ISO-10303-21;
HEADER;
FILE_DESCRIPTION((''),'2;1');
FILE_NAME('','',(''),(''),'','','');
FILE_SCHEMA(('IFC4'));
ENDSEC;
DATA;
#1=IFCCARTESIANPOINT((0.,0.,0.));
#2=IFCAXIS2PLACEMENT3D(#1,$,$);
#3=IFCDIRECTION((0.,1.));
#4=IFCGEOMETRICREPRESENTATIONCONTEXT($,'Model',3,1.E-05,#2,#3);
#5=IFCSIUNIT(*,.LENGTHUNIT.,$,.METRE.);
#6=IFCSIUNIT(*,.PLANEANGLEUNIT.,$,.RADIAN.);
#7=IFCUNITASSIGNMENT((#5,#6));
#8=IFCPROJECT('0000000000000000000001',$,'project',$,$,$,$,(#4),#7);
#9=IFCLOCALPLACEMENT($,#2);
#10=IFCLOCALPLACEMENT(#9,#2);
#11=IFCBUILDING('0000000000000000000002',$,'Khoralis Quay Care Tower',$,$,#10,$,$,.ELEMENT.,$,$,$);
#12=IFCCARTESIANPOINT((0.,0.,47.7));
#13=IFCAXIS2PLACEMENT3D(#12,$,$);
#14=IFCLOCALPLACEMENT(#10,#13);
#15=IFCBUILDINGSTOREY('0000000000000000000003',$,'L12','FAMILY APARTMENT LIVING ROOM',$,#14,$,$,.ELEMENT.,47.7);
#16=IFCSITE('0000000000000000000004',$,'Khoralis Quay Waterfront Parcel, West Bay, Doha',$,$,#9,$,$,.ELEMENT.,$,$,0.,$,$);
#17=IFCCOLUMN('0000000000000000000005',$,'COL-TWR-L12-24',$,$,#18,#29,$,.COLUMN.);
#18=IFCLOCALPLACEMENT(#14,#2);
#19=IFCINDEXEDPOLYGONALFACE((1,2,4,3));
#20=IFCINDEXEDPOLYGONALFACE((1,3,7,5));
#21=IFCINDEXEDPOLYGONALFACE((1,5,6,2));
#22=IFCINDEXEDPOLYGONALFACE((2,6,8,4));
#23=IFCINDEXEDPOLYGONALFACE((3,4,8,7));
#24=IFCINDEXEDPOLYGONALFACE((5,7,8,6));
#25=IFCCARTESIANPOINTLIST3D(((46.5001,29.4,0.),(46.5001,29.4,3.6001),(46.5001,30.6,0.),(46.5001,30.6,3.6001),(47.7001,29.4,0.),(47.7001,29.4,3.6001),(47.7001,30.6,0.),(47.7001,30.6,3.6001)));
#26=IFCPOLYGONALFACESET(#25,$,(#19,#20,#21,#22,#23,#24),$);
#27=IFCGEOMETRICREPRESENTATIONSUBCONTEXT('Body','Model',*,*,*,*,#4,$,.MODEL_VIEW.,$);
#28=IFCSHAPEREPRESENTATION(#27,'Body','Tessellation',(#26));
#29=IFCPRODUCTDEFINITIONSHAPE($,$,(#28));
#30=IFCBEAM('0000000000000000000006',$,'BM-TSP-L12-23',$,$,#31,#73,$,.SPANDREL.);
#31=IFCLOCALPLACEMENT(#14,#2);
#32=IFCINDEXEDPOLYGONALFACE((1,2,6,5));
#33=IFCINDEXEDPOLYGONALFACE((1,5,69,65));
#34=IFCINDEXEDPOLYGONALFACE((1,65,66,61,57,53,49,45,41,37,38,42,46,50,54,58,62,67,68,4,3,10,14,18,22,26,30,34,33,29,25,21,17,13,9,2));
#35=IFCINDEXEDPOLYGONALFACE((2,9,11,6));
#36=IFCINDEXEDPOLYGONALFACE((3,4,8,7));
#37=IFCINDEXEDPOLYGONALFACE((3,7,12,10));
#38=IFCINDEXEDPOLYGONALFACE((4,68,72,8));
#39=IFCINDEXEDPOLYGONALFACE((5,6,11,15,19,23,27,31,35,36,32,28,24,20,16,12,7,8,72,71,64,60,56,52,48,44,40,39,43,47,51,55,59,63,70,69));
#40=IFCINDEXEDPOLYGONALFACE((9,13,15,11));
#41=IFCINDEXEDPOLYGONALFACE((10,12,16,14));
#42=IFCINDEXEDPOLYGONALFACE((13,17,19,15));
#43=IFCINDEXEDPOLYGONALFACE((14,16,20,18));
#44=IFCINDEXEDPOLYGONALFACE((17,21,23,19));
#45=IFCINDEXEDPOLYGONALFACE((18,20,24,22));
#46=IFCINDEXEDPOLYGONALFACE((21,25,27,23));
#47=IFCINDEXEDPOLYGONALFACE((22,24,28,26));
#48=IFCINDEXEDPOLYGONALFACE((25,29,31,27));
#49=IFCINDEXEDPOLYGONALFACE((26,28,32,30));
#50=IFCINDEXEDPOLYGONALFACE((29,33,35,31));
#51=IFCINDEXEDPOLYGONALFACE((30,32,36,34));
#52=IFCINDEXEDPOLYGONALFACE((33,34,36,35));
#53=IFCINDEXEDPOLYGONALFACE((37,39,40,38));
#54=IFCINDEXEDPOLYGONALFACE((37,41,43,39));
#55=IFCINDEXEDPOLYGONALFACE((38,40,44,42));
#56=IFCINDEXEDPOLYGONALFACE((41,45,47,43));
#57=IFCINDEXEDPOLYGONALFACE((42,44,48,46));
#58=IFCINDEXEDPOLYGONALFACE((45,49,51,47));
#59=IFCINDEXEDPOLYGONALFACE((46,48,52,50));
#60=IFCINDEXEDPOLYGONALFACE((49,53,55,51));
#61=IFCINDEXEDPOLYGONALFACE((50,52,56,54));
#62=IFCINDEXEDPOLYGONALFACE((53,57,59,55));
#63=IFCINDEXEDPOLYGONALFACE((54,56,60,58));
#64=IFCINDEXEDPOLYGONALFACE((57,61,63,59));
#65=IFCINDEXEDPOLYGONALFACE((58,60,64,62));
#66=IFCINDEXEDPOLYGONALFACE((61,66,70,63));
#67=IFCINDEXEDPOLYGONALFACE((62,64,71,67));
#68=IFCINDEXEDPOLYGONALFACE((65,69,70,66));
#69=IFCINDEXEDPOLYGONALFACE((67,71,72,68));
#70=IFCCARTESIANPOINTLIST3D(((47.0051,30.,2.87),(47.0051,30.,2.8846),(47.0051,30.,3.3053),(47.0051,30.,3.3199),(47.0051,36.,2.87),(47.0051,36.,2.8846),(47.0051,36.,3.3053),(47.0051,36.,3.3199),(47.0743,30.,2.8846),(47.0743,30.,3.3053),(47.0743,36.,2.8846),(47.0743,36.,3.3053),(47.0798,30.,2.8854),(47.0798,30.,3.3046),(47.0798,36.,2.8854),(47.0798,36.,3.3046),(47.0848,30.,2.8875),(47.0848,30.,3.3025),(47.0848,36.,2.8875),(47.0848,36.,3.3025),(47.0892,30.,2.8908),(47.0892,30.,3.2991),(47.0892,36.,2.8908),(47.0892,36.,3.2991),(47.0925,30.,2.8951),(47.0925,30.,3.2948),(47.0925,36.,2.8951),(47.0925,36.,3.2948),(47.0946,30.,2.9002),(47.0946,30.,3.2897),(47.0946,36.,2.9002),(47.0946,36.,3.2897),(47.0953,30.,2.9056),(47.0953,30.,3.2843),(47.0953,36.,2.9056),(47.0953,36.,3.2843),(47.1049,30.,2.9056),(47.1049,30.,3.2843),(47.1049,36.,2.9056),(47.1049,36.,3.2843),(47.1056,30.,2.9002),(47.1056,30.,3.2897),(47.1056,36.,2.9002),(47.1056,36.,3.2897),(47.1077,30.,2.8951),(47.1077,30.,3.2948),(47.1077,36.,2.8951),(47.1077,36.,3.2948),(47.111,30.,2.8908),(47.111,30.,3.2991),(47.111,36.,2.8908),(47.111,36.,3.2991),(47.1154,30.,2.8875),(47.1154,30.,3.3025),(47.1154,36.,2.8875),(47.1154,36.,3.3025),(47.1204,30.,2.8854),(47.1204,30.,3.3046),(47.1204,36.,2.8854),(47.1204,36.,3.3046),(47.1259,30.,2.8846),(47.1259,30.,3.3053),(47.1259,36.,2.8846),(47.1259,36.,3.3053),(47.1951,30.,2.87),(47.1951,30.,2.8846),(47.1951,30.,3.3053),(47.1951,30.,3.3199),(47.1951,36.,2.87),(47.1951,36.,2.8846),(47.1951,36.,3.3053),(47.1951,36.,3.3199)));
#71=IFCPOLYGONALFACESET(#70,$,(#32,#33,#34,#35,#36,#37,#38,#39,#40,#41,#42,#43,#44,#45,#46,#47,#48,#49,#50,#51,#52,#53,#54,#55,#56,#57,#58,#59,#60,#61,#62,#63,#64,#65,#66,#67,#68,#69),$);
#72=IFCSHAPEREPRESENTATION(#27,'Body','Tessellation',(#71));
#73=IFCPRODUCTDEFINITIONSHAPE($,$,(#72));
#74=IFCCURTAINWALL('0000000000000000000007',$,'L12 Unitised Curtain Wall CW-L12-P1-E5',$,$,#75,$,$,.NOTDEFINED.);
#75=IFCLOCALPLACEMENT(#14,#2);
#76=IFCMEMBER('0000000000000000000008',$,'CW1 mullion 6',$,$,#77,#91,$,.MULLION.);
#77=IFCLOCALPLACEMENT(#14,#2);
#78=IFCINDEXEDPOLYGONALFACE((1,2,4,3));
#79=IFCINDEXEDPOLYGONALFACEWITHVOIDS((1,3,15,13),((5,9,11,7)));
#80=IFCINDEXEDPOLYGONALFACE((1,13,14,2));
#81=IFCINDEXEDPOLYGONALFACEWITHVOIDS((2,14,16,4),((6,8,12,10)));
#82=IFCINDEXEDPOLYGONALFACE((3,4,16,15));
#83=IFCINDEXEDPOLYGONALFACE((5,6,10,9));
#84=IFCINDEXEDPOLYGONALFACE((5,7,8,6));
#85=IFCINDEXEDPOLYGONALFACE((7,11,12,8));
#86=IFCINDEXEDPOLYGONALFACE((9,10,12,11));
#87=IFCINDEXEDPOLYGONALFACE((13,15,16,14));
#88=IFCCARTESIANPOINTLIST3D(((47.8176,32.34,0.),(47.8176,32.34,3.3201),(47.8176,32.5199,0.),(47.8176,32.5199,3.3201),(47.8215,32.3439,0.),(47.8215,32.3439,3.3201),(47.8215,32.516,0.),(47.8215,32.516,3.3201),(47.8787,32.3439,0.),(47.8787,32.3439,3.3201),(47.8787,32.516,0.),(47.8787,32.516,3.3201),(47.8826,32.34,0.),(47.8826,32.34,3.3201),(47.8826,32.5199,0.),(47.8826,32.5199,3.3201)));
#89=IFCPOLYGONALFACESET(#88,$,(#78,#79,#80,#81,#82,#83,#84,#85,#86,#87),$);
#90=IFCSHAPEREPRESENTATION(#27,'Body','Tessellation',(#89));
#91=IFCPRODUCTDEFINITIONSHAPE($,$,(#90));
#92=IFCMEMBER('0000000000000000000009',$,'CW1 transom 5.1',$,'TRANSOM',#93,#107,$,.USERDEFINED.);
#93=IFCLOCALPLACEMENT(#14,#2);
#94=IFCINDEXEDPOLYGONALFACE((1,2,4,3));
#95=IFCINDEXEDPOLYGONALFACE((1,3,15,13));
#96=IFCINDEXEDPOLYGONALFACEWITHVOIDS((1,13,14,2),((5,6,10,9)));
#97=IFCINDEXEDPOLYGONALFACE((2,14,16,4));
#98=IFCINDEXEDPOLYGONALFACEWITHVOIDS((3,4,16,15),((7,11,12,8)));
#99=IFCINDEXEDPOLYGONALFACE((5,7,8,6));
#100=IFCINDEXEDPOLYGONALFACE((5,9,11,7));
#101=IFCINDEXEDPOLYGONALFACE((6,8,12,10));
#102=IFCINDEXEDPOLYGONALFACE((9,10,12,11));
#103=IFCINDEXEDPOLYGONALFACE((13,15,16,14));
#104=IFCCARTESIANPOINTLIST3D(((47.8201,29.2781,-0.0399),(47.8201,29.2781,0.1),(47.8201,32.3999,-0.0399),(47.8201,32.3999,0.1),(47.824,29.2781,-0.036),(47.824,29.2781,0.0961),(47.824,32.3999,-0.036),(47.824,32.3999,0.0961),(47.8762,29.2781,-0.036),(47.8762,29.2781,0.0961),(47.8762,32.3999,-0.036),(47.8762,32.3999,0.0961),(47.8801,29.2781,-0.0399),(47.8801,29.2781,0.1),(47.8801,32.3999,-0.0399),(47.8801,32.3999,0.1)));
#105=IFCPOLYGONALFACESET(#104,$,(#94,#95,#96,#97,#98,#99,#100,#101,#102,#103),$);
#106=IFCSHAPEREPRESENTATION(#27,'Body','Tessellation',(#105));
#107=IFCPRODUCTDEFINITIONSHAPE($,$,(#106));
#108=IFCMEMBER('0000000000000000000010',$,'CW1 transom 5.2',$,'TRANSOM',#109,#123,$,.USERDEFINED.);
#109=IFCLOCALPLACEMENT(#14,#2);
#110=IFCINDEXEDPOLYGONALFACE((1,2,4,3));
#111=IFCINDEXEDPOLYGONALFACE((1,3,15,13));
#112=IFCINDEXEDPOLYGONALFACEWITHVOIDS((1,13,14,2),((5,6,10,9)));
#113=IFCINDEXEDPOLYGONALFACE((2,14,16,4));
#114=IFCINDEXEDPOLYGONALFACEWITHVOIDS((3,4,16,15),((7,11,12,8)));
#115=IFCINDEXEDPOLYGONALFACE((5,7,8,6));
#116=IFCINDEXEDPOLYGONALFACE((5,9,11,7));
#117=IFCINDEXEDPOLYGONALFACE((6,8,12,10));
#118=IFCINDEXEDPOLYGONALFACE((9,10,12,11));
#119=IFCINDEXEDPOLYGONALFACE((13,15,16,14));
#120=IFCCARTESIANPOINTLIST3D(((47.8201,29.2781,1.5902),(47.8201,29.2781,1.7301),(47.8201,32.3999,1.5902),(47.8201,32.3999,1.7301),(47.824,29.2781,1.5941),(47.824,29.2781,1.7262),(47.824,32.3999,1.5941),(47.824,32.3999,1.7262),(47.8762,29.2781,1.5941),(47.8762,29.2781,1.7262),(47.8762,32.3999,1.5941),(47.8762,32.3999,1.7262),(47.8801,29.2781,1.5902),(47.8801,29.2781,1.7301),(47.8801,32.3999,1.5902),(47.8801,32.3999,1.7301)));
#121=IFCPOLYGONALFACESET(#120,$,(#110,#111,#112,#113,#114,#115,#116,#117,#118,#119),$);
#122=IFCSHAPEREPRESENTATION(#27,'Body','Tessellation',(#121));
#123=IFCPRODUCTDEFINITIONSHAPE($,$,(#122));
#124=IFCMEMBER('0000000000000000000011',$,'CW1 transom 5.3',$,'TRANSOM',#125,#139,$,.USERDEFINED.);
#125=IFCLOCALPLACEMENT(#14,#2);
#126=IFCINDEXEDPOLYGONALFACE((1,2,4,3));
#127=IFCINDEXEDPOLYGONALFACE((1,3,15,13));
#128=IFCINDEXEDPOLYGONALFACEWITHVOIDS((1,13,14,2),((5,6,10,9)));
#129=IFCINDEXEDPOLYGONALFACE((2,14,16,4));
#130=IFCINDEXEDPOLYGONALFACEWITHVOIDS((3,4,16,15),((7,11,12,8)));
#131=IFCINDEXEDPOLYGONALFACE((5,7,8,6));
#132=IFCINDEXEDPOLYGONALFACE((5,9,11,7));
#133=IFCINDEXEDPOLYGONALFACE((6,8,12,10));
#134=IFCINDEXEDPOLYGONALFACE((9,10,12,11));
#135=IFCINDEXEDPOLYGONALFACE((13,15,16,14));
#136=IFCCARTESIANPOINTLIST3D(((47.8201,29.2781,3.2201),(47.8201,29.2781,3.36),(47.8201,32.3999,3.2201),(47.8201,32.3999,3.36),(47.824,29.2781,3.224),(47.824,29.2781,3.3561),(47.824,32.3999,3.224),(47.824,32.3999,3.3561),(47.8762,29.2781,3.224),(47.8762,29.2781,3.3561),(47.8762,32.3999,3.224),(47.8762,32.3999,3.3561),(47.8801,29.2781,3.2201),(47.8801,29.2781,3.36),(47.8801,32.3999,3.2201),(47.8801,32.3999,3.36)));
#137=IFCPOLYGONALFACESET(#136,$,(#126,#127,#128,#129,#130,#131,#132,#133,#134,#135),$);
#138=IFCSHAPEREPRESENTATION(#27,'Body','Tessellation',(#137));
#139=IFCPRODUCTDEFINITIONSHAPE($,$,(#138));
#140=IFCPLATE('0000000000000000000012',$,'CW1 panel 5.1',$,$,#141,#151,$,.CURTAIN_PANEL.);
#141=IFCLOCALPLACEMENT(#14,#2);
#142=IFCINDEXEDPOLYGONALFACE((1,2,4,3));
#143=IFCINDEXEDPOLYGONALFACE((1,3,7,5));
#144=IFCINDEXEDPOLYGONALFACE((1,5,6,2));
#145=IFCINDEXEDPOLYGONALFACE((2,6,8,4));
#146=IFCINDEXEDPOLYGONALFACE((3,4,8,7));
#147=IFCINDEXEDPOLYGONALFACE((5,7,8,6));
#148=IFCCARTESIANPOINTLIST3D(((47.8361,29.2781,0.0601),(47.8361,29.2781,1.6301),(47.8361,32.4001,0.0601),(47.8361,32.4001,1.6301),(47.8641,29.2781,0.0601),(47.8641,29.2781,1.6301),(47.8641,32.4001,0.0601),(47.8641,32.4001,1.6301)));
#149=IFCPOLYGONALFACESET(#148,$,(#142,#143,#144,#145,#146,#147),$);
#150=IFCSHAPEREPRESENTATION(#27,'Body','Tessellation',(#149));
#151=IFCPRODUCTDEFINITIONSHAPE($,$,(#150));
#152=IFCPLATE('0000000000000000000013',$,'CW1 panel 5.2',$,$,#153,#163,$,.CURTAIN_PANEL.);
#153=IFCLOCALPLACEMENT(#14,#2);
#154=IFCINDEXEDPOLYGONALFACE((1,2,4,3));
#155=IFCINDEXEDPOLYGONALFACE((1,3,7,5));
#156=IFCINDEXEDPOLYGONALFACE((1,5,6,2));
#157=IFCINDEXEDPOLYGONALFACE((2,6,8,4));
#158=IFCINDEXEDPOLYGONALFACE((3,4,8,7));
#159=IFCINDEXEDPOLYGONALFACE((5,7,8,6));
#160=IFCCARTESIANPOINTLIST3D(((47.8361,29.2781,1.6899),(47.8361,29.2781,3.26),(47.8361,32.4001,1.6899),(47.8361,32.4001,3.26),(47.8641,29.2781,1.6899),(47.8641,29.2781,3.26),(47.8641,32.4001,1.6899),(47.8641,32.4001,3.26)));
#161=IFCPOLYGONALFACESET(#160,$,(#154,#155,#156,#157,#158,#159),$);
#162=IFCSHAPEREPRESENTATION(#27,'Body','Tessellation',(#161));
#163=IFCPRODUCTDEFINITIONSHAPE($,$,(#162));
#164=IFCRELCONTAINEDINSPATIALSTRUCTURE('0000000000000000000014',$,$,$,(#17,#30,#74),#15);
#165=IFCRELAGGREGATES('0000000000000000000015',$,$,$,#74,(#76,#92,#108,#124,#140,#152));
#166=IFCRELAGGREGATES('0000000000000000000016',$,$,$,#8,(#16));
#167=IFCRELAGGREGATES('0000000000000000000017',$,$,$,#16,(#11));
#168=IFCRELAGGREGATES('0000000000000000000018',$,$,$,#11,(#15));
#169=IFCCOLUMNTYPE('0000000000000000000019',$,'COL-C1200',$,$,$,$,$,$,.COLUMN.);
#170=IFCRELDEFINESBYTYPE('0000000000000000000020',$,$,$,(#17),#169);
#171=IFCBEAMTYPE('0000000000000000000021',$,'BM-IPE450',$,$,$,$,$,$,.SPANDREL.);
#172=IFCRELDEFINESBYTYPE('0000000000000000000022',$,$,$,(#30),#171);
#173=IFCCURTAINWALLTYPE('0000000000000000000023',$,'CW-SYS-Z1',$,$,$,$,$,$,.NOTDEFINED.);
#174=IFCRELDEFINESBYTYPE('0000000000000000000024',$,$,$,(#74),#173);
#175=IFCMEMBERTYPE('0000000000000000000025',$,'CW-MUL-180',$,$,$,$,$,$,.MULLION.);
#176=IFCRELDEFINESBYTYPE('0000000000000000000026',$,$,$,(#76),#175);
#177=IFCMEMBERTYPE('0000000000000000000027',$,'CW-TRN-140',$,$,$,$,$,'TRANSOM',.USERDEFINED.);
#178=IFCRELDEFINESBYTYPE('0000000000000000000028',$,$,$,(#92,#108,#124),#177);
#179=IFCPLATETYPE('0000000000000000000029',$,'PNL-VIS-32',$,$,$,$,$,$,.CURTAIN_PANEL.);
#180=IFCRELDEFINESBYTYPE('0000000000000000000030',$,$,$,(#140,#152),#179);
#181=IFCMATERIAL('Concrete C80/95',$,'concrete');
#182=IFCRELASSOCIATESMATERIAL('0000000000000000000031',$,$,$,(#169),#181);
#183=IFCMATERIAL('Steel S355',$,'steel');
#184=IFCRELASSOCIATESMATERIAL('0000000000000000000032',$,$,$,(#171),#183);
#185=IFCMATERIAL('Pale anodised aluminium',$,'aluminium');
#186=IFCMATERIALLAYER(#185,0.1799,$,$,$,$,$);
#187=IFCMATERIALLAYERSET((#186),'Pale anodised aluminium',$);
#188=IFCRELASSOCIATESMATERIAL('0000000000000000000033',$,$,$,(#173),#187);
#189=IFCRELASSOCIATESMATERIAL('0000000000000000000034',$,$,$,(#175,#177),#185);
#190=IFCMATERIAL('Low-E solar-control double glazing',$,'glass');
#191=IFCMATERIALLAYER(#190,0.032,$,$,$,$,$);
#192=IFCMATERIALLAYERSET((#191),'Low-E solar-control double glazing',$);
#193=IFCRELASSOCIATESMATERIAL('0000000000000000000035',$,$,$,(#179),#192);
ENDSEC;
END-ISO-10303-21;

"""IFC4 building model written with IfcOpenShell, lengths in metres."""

from ifc_helpers import new_model, si_unit, direction, frame, origin, origin_2d, place, context, subcontext, project, spatial, rectangle, hollow_rectangle, i_section, extrude, source, transform, mapped, material, layer, layer_set, material_profile, profile_set, type_object, element, aggregate, save


model = new_model("IFC4")

# Units and contexts
model_context = context("Model", 3, precision=1e-05, world=origin(), true_north=direction((0.0, 1.0)))
body_context = subcontext(model_context, "Body", "Model", "MODEL_VIEW")
ifc_project = project(units=[si_unit("LENGTHUNIT", "METRE"), si_unit("PLANEANGLEUNIT", "RADIAN")], contexts=[model_context])

# Site, building, storey
site_placement = place(None, origin())
site = spatial("IfcSite", under=ifc_project, at=site_placement, Name="Khoralis Quay Waterfront Parcel, West Bay, Doha", CompositionType="ELEMENT", RefElevation=0.0)
building_placement = place(site_placement, origin())
building = spatial("IfcBuilding", under=site, at=building_placement, Name="Khoralis Quay Care Tower", CompositionType="ELEMENT")
storey_placement = place(building_placement, frame((0.0, 0.0, 47.7)))
storey = spatial("IfcBuildingStorey", under=building, at=storey_placement, Name="L12", Description="FAMILY APARTMENT LIVING ROOM", CompositionType="ELEMENT", Elevation=47.7)

# Column
ifc_material_1 = material(Name="Concrete C80/95", Category="concrete")
ifc_material_profile_1 = material_profile(ifc_material_1, rectangle(XDim=1.2, YDim=1.2, at=origin_2d()), Name="Concrete C80/95")
ifc_profile_set_1 = profile_set([ifc_material_profile_1], Name="Concrete C80/95")
column_type = type_object("IfcColumnType", Name="COL-C1200", PredefinedType="COLUMN", material=ifc_profile_set_1)
shared_shape_1 = source(origin(), body_context, "Body", "SweptSolid", [
    extrude(rectangle(XDim=1.2, YDim=1.2, at=origin_2d()), origin(), (0.0, 0.0, 1.0), 3.6001),
])
column_placement = place(storey_placement, frame((47.1001, 30.0, 0.0), z_axis=(0.0, 0.0, 1.0), x_axis=(1.0, 0.0, 0.0)))
element("IfcColumn", 1, at=column_placement, inside=storey, type_object=column_type, Name="COL-TWR-L12-24", PredefinedType="COLUMN", context=body_context, shape_type="MappedRepresentation", body=[
    mapped(shared_shape_1, transform((0.0, 0.0, 0.0), scale=1.0)),
])

# Beam
ifc_material_2 = material(Name="Steel S355", Category="steel")
ifc_material_profile_2 = material_profile(ifc_material_2, i_section(OverallWidth=0.1899, OverallDepth=0.45, WebThickness=0.0095, FlangeThickness=0.0146, FilletRadius=0.021, at=origin_2d()), Name="Steel S355")
ifc_profile_set_2 = profile_set([ifc_material_profile_2], Name="Steel S355")
beam_type = type_object("IfcBeamType", Name="BM-IPE450", PredefinedType="SPANDREL", material=ifc_profile_set_2)
shared_shape_2 = source(origin(), body_context, "Body", "SweptSolid", [
    extrude(i_section(OverallWidth=0.1899, OverallDepth=0.45, WebThickness=0.0095, FlangeThickness=0.0146, FilletRadius=0.021, at=origin_2d()), origin(), (0.0, 0.0, 1.0), 6.0),
])
beam_placement = place(storey_placement, frame((47.1001, 30.0, 3.095), z_axis=(0.0, 1.0, 0.0), x_axis=(-1.0, 0.0, 0.0)))
element("IfcBeam", 2, at=beam_placement, inside=storey, type_object=beam_type, Name="BM-TSP-L12-23", PredefinedType="SPANDREL", context=body_context, shape_type="MappedRepresentation", body=[
    mapped(shared_shape_2, transform((0.0, 0.0, 0.0), scale=1.0)),
])

# Curtain wall, members, plates
ifc_material_3 = material(Name="Pale anodised aluminium", Category="aluminium")
ifc_layer_1 = layer(ifc_material_3, 0.1799)
ifc_layer_set_1 = layer_set([ifc_layer_1], Name="Pale anodised aluminium")
curtain_wall_type = type_object("IfcCurtainWallType", Name="CW-SYS-Z1", PredefinedType="NOTDEFINED", material=ifc_layer_set_1)
curtain_wall_placement = place(storey_placement, origin())
curtain_wall = element("IfcCurtainWall", 3, at=curtain_wall_placement, inside=storey, type_object=curtain_wall_type, Name="L12 Unitised Curtain Wall CW-L12-P1-E5", PredefinedType="NOTDEFINED")
ifc_material_profile_3 = material_profile(ifc_material_3, hollow_rectangle(XDim=0.0649, YDim=0.1799, WallThickness=0.0039, at=origin_2d()), Name="Pale anodised aluminium")
ifc_profile_set_3 = profile_set([ifc_material_profile_3], Name="Pale anodised aluminium")
member_type_1 = type_object("IfcMemberType", Name="CW-MUL-180", PredefinedType="MULLION", material=ifc_profile_set_3)
shared_shape_3 = source(origin(), body_context, "Body", "SweptSolid", [
    extrude(hollow_rectangle(XDim=0.0649, YDim=0.1799, WallThickness=0.0039, at=origin_2d()), origin(), (0.0, 0.0, 1.0), 3.3201),
])
member_1_placement = place(storey_placement, frame((47.8501, 32.4299, 0.0), z_axis=(0.0, 0.0, 1.0), x_axis=(-1.0, 0.0, 0.0)))
member_1 = element("IfcMember", 4, at=member_1_placement, type_object=member_type_1, Name="CW1 mullion 6", PredefinedType="MULLION", context=body_context, shape_type="MappedRepresentation", body=[
    mapped(shared_shape_3, transform((0.0, 0.0, 0.0), scale=1.0)),
])
ifc_material_profile_4 = material_profile(ifc_material_3, hollow_rectangle(XDim=0.0601, YDim=0.1399, WallThickness=0.0039, at=origin_2d()), Name="Pale anodised aluminium")
ifc_profile_set_4 = profile_set([ifc_material_profile_4], Name="Pale anodised aluminium")
member_type_2 = type_object("IfcMemberType", Name="CW-TRN-140", ElementType="TRANSOM", PredefinedType="USERDEFINED", material=ifc_profile_set_4)
shared_shape_4 = source(origin(), body_context, "Body", "SweptSolid", [
    extrude(hollow_rectangle(XDim=0.0601, YDim=0.1399, WallThickness=0.0039, at=origin_2d()), origin(), (0.0, 0.0, 1.0), 3.1218),
])
member_2_placement = place(storey_placement, frame((47.8501, 29.2781, 0.03), z_axis=(0.0, 1.0, 0.0), x_axis=(-1.0, 0.0, 0.0)))
member_2 = element("IfcMember", 5, at=member_2_placement, type_object=member_type_2, Name="CW1 transom 5.1", ObjectType="TRANSOM", PredefinedType="USERDEFINED", context=body_context, shape_type="MappedRepresentation", body=[
    mapped(shared_shape_4, transform((0.0, 0.0, 0.0), scale=1.0)),
])
member_3_placement = place(storey_placement, frame((47.8501, 29.2781, 1.6602), z_axis=(0.0, 1.0, 0.0), x_axis=(-1.0, 0.0, 0.0)))
member_3 = element("IfcMember", 6, at=member_3_placement, type_object=member_type_2, Name="CW1 transom 5.2", ObjectType="TRANSOM", PredefinedType="USERDEFINED", context=body_context, shape_type="MappedRepresentation", body=[
    mapped(shared_shape_4, transform((0.0, 0.0, 0.0), scale=1.0)),
])
member_4_placement = place(storey_placement, frame((47.8501, 29.2781, 3.29), z_axis=(0.0, 1.0, 0.0), x_axis=(-1.0, 0.0, 0.0)))
member_4 = element("IfcMember", 7, at=member_4_placement, type_object=member_type_2, Name="CW1 transom 5.3", ObjectType="TRANSOM", PredefinedType="USERDEFINED", context=body_context, shape_type="MappedRepresentation", body=[
    mapped(shared_shape_4, transform((0.0, 0.0, 0.0), scale=1.0)),
])
ifc_material_4 = material(Name="Low-E solar-control double glazing", Category="glass")
ifc_layer_2 = layer(ifc_material_4, 0.032)
ifc_layer_set_2 = layer_set([ifc_layer_2], Name="Low-E solar-control double glazing")
plate_type = type_object("IfcPlateType", Name="PNL-VIS-32", PredefinedType="CURTAIN_PANEL", material=ifc_layer_set_2)
shared_shape_5 = source(origin(), body_context, "Body", "SweptSolid", [
    extrude(rectangle(XDim=3.1221, YDim=0.0281, at=origin_2d()), origin(), (0.0, 0.0, 1.0), 1.5701),
])
plate_1_placement = place(storey_placement, frame((47.8501, 30.8391, 0.0601), z_axis=(0.0, 0.0, 1.0), x_axis=(0.0, 1.0, 0.0)))
plate_1 = element("IfcPlate", 8, at=plate_1_placement, type_object=plate_type, Name="CW1 panel 5.1", PredefinedType="CURTAIN_PANEL", context=body_context, shape_type="MappedRepresentation", body=[
    mapped(shared_shape_5, transform((0.0, 0.0, 0.0), scale=1.0)),
])
plate_2_placement = place(storey_placement, frame((47.8501, 30.8391, 1.6899), z_axis=(0.0, 0.0, 1.0), x_axis=(0.0, 1.0, 0.0)))
plate_2 = element("IfcPlate", 9, at=plate_2_placement, type_object=plate_type, Name="CW1 panel 5.2", PredefinedType="CURTAIN_PANEL", context=body_context, shape_type="MappedRepresentation", body=[
    mapped(shared_shape_5, transform((0.0, 0.0, 0.0), scale=1.0)),
])
aggregate(curtain_wall, [member_1, member_2, member_3, member_4, plate_1, plate_2])

save(model, "model.ifc")
